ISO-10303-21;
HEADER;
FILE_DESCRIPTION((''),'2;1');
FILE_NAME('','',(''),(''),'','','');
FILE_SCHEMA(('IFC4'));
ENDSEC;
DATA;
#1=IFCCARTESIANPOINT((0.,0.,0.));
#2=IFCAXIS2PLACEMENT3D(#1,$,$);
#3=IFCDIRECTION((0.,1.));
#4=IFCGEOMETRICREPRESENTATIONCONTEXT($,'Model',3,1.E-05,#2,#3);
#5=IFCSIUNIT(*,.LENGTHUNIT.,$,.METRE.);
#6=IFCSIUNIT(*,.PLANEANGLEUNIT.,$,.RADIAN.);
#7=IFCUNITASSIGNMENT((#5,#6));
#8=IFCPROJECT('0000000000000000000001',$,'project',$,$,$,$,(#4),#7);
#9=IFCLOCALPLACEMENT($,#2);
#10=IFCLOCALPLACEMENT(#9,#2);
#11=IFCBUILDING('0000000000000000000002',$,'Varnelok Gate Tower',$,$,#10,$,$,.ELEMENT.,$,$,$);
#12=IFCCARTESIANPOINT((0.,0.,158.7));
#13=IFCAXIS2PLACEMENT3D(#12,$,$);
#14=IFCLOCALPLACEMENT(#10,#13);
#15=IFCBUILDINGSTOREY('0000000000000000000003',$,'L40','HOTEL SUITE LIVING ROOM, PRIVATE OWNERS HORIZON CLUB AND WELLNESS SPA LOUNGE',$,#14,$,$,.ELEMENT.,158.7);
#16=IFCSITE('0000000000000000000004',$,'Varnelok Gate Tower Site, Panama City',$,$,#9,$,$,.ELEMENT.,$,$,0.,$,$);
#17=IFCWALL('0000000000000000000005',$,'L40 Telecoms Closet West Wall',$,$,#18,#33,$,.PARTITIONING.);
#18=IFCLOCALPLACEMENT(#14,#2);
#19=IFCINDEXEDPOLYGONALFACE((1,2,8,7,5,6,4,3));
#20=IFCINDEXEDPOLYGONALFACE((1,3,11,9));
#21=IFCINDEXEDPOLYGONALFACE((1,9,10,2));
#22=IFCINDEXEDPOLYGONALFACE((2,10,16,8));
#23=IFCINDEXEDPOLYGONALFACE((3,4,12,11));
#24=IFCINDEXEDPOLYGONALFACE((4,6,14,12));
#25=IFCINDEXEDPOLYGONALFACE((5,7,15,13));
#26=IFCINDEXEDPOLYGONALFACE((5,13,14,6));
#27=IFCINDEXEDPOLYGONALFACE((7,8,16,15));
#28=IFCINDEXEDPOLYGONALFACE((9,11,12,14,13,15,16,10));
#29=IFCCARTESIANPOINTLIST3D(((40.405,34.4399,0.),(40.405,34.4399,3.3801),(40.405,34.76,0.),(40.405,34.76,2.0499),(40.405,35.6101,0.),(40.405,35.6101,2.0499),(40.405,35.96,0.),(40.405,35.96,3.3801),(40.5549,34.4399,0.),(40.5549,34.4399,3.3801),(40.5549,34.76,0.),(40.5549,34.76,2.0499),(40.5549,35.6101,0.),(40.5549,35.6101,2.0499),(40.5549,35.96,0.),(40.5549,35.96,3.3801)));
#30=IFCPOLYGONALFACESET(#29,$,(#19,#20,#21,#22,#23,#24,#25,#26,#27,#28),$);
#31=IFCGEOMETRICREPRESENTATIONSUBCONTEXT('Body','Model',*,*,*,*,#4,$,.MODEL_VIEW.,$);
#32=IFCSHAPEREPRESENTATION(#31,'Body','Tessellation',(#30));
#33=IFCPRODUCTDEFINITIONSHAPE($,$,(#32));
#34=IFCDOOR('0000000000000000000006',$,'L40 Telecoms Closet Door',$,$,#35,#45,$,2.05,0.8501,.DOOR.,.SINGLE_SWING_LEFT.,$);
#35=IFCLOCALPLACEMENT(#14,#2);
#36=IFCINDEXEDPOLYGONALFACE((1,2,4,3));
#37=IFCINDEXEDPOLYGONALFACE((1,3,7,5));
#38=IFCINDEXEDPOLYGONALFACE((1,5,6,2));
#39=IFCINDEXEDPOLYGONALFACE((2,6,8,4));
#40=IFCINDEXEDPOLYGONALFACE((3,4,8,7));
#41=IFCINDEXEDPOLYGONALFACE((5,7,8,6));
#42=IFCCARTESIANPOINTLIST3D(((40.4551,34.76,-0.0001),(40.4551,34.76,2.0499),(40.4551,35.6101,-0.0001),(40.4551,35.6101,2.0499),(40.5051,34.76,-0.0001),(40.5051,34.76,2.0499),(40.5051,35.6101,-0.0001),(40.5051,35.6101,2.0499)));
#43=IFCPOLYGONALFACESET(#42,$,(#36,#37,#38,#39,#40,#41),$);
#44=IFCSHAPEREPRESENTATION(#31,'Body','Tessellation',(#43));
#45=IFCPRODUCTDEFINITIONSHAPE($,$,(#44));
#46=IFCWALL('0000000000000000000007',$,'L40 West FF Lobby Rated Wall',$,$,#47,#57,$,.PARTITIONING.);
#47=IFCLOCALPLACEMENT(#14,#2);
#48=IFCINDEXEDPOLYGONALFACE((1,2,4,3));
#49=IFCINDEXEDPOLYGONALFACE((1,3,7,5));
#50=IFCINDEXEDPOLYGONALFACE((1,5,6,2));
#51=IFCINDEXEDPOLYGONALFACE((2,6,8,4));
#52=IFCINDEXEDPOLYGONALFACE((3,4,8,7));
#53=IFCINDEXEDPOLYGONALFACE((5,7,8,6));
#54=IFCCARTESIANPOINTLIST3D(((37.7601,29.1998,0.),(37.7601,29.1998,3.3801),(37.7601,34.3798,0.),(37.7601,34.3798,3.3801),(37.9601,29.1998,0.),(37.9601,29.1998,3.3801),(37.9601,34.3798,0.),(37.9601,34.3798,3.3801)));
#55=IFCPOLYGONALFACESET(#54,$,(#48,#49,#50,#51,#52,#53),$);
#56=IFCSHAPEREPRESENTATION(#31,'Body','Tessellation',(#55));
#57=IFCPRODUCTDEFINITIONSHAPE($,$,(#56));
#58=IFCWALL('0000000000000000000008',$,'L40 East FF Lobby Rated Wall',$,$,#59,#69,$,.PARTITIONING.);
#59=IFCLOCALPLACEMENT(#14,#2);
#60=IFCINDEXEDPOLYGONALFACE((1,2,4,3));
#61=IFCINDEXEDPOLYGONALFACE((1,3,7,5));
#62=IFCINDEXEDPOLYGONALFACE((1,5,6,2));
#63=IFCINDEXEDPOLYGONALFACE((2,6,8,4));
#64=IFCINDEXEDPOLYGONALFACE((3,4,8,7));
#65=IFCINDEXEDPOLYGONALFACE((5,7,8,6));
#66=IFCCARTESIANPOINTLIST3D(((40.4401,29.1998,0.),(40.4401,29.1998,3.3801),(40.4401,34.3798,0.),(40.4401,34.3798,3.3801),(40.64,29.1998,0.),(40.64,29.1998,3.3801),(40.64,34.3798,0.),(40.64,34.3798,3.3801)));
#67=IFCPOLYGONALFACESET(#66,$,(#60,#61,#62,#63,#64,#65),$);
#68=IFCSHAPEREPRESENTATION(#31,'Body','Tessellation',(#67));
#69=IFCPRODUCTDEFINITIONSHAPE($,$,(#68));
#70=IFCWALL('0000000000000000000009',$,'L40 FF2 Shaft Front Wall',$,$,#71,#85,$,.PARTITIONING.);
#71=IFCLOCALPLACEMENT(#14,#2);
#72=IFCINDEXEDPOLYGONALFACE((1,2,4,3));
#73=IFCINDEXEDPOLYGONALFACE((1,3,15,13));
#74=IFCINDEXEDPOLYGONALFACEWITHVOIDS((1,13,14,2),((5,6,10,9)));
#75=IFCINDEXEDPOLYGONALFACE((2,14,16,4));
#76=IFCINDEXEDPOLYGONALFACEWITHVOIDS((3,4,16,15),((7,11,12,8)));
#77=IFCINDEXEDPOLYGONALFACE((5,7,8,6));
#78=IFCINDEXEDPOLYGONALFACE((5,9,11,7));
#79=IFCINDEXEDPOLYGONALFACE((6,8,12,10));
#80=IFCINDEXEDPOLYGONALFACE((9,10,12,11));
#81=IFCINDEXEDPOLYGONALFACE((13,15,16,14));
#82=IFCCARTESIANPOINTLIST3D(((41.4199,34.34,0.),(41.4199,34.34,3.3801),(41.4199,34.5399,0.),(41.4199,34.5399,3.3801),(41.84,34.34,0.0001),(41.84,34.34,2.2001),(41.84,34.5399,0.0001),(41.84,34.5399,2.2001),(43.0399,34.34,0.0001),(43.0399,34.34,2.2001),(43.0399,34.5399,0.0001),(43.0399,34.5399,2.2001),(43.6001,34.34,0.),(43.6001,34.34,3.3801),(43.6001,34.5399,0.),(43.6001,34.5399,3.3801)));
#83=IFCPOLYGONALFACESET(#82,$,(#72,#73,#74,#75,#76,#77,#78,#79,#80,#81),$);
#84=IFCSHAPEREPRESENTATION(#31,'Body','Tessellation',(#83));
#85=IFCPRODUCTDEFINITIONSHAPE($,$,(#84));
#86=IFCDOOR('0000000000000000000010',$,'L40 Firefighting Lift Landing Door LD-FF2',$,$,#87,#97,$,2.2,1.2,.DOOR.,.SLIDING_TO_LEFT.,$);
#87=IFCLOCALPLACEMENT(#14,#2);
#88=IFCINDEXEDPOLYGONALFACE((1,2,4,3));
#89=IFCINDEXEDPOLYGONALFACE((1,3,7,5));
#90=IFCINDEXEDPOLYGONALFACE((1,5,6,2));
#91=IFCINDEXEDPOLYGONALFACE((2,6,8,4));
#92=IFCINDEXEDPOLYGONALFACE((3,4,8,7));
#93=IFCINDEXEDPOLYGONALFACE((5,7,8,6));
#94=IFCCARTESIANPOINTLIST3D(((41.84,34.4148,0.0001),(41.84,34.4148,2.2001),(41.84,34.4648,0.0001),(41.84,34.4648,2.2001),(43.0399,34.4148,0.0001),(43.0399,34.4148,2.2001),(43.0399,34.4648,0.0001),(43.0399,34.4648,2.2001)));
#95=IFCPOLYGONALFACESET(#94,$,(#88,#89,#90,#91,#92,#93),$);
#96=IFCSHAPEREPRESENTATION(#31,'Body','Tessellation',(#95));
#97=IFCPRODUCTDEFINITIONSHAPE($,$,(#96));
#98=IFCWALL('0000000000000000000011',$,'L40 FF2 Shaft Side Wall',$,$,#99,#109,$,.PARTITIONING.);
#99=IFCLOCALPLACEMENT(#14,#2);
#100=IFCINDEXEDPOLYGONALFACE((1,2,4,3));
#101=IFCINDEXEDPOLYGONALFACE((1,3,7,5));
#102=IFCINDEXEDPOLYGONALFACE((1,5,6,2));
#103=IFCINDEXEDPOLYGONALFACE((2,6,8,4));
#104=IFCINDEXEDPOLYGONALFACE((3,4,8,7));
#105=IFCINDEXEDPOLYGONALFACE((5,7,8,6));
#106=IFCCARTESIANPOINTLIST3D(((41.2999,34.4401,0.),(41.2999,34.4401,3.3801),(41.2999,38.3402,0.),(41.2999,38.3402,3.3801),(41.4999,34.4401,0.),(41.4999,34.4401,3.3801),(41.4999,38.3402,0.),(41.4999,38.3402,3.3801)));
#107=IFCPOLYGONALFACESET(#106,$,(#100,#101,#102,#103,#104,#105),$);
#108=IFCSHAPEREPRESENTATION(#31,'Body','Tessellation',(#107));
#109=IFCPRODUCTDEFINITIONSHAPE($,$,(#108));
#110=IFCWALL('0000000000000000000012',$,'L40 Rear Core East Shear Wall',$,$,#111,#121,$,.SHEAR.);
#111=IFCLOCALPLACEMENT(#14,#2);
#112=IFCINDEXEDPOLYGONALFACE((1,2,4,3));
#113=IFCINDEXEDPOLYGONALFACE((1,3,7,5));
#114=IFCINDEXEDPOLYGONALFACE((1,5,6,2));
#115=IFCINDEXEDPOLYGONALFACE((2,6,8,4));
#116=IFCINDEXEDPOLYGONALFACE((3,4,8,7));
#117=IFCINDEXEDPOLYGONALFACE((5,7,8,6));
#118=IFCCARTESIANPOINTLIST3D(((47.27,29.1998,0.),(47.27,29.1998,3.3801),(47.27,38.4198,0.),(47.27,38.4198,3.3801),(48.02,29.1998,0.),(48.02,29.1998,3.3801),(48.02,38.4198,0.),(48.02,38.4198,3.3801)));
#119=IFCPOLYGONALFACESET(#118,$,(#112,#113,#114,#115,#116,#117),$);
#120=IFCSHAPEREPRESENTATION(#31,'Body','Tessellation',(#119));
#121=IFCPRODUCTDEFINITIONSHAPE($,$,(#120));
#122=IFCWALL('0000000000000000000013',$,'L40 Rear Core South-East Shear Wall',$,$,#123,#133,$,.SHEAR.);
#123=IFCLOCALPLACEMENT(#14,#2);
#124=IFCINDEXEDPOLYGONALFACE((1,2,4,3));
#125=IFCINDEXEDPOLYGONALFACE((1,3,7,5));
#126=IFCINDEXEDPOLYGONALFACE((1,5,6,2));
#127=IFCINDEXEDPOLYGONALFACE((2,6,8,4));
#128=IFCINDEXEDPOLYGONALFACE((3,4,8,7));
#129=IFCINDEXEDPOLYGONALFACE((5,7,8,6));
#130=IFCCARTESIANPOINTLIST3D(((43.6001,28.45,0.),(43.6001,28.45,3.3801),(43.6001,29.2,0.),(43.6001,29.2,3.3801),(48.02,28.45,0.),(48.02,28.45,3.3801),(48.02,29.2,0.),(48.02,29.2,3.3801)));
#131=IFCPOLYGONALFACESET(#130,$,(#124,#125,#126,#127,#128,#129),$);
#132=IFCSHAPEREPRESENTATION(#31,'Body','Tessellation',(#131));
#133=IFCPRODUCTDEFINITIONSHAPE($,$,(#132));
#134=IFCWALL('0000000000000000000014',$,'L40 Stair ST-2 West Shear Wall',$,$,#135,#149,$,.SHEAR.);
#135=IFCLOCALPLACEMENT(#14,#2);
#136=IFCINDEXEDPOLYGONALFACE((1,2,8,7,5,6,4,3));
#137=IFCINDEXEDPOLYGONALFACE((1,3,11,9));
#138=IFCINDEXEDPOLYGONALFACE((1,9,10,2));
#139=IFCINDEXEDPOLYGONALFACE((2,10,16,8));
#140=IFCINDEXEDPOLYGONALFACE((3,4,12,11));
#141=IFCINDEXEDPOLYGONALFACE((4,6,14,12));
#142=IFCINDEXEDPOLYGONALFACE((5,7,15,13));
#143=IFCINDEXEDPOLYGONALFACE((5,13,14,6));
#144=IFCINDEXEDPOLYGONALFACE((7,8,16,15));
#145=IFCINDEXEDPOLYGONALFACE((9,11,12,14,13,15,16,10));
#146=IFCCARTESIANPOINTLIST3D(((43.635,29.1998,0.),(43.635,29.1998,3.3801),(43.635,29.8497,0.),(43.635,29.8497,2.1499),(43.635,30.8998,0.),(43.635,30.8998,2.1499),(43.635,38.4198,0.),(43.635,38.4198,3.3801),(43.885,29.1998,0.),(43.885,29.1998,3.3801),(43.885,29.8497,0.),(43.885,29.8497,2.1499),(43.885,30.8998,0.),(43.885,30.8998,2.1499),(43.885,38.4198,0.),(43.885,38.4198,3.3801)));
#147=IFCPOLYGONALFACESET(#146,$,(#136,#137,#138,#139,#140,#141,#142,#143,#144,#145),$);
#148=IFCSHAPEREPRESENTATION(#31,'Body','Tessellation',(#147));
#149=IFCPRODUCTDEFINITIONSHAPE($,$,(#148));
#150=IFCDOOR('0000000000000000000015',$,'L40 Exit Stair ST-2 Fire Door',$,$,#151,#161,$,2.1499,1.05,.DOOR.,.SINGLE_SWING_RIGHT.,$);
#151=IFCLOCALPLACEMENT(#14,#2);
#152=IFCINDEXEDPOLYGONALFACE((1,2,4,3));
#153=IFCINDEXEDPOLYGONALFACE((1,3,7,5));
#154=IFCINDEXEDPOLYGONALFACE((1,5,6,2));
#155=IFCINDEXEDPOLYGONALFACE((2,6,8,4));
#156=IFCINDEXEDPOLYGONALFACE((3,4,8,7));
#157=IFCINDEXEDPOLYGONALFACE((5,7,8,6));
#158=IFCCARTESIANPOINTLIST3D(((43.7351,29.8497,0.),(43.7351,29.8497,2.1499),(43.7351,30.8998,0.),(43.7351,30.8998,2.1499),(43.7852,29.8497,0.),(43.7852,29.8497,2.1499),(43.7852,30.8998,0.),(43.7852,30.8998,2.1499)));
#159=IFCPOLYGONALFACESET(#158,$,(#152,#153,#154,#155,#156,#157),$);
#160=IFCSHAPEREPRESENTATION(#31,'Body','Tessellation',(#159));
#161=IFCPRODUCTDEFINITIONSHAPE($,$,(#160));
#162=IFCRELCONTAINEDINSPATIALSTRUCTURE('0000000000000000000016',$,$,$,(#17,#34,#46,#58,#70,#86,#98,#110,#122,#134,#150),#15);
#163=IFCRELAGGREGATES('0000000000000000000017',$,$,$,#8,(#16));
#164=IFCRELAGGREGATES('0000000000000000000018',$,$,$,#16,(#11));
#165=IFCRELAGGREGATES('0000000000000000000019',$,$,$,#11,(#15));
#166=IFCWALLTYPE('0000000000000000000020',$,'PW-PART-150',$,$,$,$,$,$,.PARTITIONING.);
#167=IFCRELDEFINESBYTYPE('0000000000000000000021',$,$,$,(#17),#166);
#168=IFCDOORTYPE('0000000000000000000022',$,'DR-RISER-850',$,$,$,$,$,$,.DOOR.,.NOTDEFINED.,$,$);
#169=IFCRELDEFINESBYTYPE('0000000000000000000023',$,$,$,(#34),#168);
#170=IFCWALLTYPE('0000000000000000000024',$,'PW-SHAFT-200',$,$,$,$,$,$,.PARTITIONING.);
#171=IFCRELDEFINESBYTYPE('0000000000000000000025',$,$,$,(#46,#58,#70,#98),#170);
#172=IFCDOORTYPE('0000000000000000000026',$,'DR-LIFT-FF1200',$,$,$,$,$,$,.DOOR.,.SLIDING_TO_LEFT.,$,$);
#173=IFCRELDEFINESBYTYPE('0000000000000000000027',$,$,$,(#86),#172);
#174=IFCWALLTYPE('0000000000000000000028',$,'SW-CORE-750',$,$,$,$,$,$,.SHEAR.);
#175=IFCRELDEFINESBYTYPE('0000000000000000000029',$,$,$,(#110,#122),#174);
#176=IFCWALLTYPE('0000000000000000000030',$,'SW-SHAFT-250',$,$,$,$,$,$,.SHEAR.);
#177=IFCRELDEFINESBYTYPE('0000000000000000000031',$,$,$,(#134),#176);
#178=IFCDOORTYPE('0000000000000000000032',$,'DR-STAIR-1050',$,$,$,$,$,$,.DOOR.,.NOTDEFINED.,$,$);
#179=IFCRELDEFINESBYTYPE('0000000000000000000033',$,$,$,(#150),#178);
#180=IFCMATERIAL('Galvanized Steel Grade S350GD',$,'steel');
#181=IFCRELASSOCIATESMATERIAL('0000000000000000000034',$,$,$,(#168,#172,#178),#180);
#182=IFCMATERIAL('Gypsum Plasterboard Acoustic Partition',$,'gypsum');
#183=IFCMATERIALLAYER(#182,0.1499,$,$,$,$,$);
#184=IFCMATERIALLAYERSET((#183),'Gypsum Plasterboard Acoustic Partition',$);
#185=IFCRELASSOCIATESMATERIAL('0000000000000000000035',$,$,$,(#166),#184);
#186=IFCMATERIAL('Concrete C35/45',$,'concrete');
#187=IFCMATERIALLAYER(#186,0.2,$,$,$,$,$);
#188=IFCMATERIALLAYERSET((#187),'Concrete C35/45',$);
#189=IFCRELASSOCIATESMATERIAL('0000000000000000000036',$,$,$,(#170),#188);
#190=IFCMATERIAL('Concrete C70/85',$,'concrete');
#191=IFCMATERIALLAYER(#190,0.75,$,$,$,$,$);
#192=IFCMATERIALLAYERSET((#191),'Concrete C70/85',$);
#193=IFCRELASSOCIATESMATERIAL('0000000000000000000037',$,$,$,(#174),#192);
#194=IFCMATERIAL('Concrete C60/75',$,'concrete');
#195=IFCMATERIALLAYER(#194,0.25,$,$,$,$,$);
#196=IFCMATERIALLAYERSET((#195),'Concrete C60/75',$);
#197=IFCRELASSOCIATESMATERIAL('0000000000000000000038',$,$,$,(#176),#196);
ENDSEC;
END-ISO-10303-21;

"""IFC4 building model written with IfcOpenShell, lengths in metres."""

from ifc_helpers import new_model, si_unit, direction, frame, frame_2d, origin, place, context, subcontext, project, spatial, rectangle, extrude, material, layer, layer_set, type_object, element, fill, save


model = new_model("IFC4")

# Units and contexts
model_context = context("Model", 3, precision=1e-05, world=origin(), true_north=direction((0.0, 1.0)))
body_context = subcontext(model_context, "Body", "Model", "MODEL_VIEW")
ifc_project = project(units=[si_unit("LENGTHUNIT", "METRE"), si_unit("PLANEANGLEUNIT", "RADIAN")], contexts=[model_context])

# Site, building, storey
site_placement = place(None, origin())
site = spatial("IfcSite", under=ifc_project, at=site_placement, Name="Varnelok Gate Tower Site, Panama City", CompositionType="ELEMENT", RefElevation=0.0)
building_placement = place(site_placement, origin())
building = spatial("IfcBuilding", under=site, at=building_placement, Name="Varnelok Gate Tower", CompositionType="ELEMENT")
storey_placement = place(building_placement, frame((0.0, 0.0, 158.7)))
storey = spatial("IfcBuildingStorey", under=building, at=storey_placement, Name="L40", Description="HOTEL SUITE LIVING ROOM, PRIVATE OWNERS HORIZON CLUB AND WELLNESS SPA LOUNGE", CompositionType="ELEMENT", Elevation=158.7)

# Shared definitions
ifc_material_1 = material(Name="Concrete C60/75", Category="concrete")

# Shared definitions
ifc_material_2 = material(Name="Gypsum Plasterboard Acoustic Partition", Category="gypsum")

# Shared definitions
ifc_material_3 = material(Name="Galvanized Steel Grade S350GD", Category="steel")
door_type_1 = type_object("IfcDoorType", Name="DR-RISER-850", OperationType="NOTDEFINED", PredefinedType="DOOR", material=ifc_material_3)

# Wall, opening, door
ifc_layer_1 = layer(ifc_material_2, 0.1499)
ifc_layer_set_1 = layer_set([ifc_layer_1], Name="Gypsum Plasterboard Acoustic Partition")
wall_type_1 = type_object("IfcWallType", Name="PW-PART-150", PredefinedType="PARTITIONING", material=ifc_layer_set_1)
wall_1_placement = place(storey_placement, frame((40.48, 34.4399, 0.0), z_axis=(0.0, 0.0, 1.0), x_axis=(0.0, 1.0, 0.0)))
wall_1 = element("IfcWall", 1, at=wall_1_placement, inside=storey, type_object=wall_type_1, Name="L40 Telecoms Closet West Wall", PredefinedType="PARTITIONING", context=body_context, shape_type="SweptSolid", body=[
    extrude(rectangle(XDim=1.52, YDim=0.1499, at=frame_2d((0.76, 0.0))), origin(), (0.0, 0.0, 1.0), 3.3801),
])
opening_1_placement = place(wall_1_placement, frame((0.3201, 0.0, 0.0)))
opening_1 = element("IfcOpeningElement", 2, at=opening_1_placement, cuts=wall_1, PredefinedType="OPENING", context=body_context, shape_type="SweptSolid", body=[
    extrude(rectangle(XDim=0.8501, YDim=2.05, at=frame_2d((0.425, 1.0249))), frame((0.0, 0.085, 0.0), z_axis=(0.0, -1.0, 0.0), x_axis=(1.0, 0.0, 0.0)), (0.0, 0.0, 1.0), 0.1699),
])
door_1_placement = place(opening_1_placement, origin())
door_1 = element("IfcDoor", 3, at=door_1_placement, inside=storey, type_object=door_type_1, Name="L40 Telecoms Closet Door", OperationType="SINGLE_SWING_LEFT", OverallHeight=2.05, OverallWidth=0.8501, PredefinedType="DOOR", context=body_context, shape_type="SweptSolid", body=[
    extrude(rectangle(XDim=0.8501, YDim=2.05, at=frame_2d((0.425, 1.0249))), frame((0.0, 0.0249, 0.0), z_axis=(0.0, -1.0, 0.0), x_axis=(1.0, 0.0, 0.0)), (0.0, 0.0, 1.0), 0.05),
])
fill(opening_1, door_1)

# Walls
ifc_material_4 = material(Name="Concrete C35/45", Category="concrete")
ifc_layer_2 = layer(ifc_material_4, 0.2)
ifc_layer_set_2 = layer_set([ifc_layer_2], Name="Concrete C35/45")
wall_type_2 = type_object("IfcWallType", Name="PW-SHAFT-200", PredefinedType="PARTITIONING", material=ifc_layer_set_2)
for number, where, z_axis, x_axis, name in (
    (4, (37.8601, 29.2, 0.0), (0.0, 0.0, 1.0), (0.0, 1.0, 0.0), "L40 West FF Lobby Rated Wall"),
    (5, (40.54, 29.2, 0.0), (0.0, 0.0, 1.0), (0.0, 1.0, 0.0), "L40 East FF Lobby Rated Wall"),
):
    element("IfcWall", number, at=place(storey_placement, frame(where, z_axis=z_axis, x_axis=x_axis)), inside=storey, type_object=wall_type_2, Name=name, PredefinedType="PARTITIONING", context=body_context, shape_type="SweptSolid", body=[
        extrude(rectangle(XDim=5.1799, YDim=0.2, at=frame_2d((2.5898, 0.0))), origin(), (0.0, 0.0, 1.0), 3.3801),
    ])

# Wall, opening, door
wall_2_placement = place(storey_placement, frame((41.4199, 34.4399, 0.0), z_axis=(0.0, 0.0, 1.0), x_axis=(1.0, 0.0, 0.0)))
wall_2 = element("IfcWall", 6, at=wall_2_placement, inside=storey, type_object=wall_type_2, Name="L40 FF2 Shaft Front Wall", PredefinedType="PARTITIONING", context=body_context, shape_type="SweptSolid", body=[
    extrude(rectangle(XDim=2.1802, YDim=0.2, at=frame_2d((1.0901, 0.0))), origin(), (0.0, 0.0, 1.0), 3.3801),
])
opening_2_placement = place(wall_2_placement, frame((0.4199, 0.0, 0.0)))
opening_2 = element("IfcOpeningElement", 7, at=opening_2_placement, cuts=wall_2, PredefinedType="OPENING", context=body_context, shape_type="SweptSolid", body=[
    extrude(rectangle(XDim=1.2, YDim=2.2, at=frame_2d((0.6001, 1.1001))), frame((0.0, 0.1099, 0.0), z_axis=(0.0, -1.0, 0.0), x_axis=(1.0, 0.0, 0.0)), (0.0, 0.0, 1.0), 0.22),
])
door_type_2 = type_object("IfcDoorType", Name="DR-LIFT-FF1200", OperationType="SLIDING_TO_LEFT", PredefinedType="DOOR", material=ifc_material_3)
door_2_placement = place(opening_2_placement, origin())
door_2 = element("IfcDoor", 8, at=door_2_placement, inside=storey, type_object=door_type_2, Name="L40 Firefighting Lift Landing Door LD-FF2", OperationType="SLIDING_TO_LEFT", OverallHeight=2.2, OverallWidth=1.2, PredefinedType="DOOR", context=body_context, shape_type="SweptSolid", body=[
    extrude(rectangle(XDim=1.2, YDim=2.2, at=frame_2d((0.6001, 1.1001))), frame((0.0, 0.0249, 0.0), z_axis=(0.0, -1.0, 0.0), x_axis=(1.0, 0.0, 0.0)), (0.0, 0.0, 1.0), 0.05),
])
fill(opening_2, door_2)

# Walls
wall_3_placement = place(storey_placement, frame((41.3999, 34.4399, 0.0), z_axis=(0.0, 0.0, 1.0), x_axis=(0.0, 1.0, 0.0)))
element("IfcWall", 9, at=wall_3_placement, inside=storey, type_object=wall_type_2, Name="L40 FF2 Shaft Side Wall", PredefinedType="PARTITIONING", context=body_context, shape_type="SweptSolid", body=[
    extrude(rectangle(XDim=3.9001, YDim=0.2, at=frame_2d((1.9502, 0.0))), origin(), (0.0, 0.0, 1.0), 3.3801),
])
ifc_material_5 = material(Name="Concrete C70/85", Category="concrete")
ifc_layer_3 = layer(ifc_material_5, 0.75)
ifc_layer_set_3 = layer_set([ifc_layer_3], Name="Concrete C70/85")
wall_type_3 = type_object("IfcWallType", Name="SW-CORE-750", PredefinedType="SHEAR", material=ifc_layer_set_3)
wall_4_placement = place(storey_placement, frame((47.645, 29.2, 0.0), z_axis=(0.0, 0.0, 1.0), x_axis=(0.0, 1.0, 0.0)))
element("IfcWall", 10, at=wall_4_placement, inside=storey, type_object=wall_type_3, Name="L40 Rear Core East Shear Wall", PredefinedType="SHEAR", context=body_context, shape_type="SweptSolid", body=[
    extrude(rectangle(XDim=9.22, YDim=0.75, at=frame_2d((4.6099, 0.0))), origin(), (0.0, 0.0, 1.0), 3.3801),
])
wall_5_placement = place(storey_placement, frame((43.6001, 28.825, 0.0), z_axis=(0.0, 0.0, 1.0), x_axis=(1.0, 0.0, 0.0)))
element("IfcWall", 11, at=wall_5_placement, inside=storey, type_object=wall_type_3, Name="L40 Rear Core South-East Shear Wall", PredefinedType="SHEAR", context=body_context, shape_type="SweptSolid", body=[
    extrude(rectangle(XDim=4.4199, YDim=0.75, at=frame_2d((2.21, 0.0))), origin(), (0.0, 0.0, 1.0), 3.3801),
])

# Wall, opening, door
ifc_layer_4 = layer(ifc_material_1, 0.25)
ifc_layer_set_4 = layer_set([ifc_layer_4], Name="Concrete C60/75")
wall_type_4 = type_object("IfcWallType", Name="SW-SHAFT-250", PredefinedType="SHEAR", material=ifc_layer_set_4)
wall_6_placement = place(storey_placement, frame((43.76, 29.2, 0.0), z_axis=(0.0, 0.0, 1.0), x_axis=(0.0, 1.0, 0.0)))
wall_6 = element("IfcWall", 12, at=wall_6_placement, inside=storey, type_object=wall_type_4, Name="L40 Stair ST-2 West Shear Wall", PredefinedType="SHEAR", context=body_context, shape_type="SweptSolid", body=[
    extrude(rectangle(XDim=9.22, YDim=0.25, at=frame_2d((4.6099, 0.0))), origin(), (0.0, 0.0, 1.0), 3.3801),
])
opening_3_placement = place(wall_6_placement, frame((0.6499, 0.0, 0.0)))
opening_3 = element("IfcOpeningElement", 13, at=opening_3_placement, cuts=wall_6, PredefinedType="OPENING", context=body_context, shape_type="SweptSolid", body=[
    extrude(rectangle(XDim=1.05, YDim=2.1499, at=frame_2d((0.5249, 1.075))), frame((0.0, 0.135, 0.0), z_axis=(0.0, -1.0, 0.0), x_axis=(1.0, 0.0, 0.0)), (0.0, 0.0, 1.0), 0.27),
])
door_type_3 = type_object("IfcDoorType", Name="DR-STAIR-1050", OperationType="NOTDEFINED", PredefinedType="DOOR", material=ifc_material_3)
door_3_placement = place(opening_3_placement, origin())
door_3 = element("IfcDoor", 14, at=door_3_placement, inside=storey, type_object=door_type_3, Name="L40 Exit Stair ST-2 Fire Door", OperationType="SINGLE_SWING_RIGHT", OverallHeight=2.1499, OverallWidth=1.05, PredefinedType="DOOR", context=body_context, shape_type="SweptSolid", body=[
    extrude(rectangle(XDim=1.05, YDim=2.1499, at=frame_2d((0.5249, 1.075))), frame((0.0, 0.0249, 0.0), z_axis=(0.0, -1.0, 0.0), x_axis=(1.0, 0.0, 0.0)), (0.0, 0.0, 1.0), 0.05),
])
fill(opening_3, door_3)

save(model, "model.ifc")
